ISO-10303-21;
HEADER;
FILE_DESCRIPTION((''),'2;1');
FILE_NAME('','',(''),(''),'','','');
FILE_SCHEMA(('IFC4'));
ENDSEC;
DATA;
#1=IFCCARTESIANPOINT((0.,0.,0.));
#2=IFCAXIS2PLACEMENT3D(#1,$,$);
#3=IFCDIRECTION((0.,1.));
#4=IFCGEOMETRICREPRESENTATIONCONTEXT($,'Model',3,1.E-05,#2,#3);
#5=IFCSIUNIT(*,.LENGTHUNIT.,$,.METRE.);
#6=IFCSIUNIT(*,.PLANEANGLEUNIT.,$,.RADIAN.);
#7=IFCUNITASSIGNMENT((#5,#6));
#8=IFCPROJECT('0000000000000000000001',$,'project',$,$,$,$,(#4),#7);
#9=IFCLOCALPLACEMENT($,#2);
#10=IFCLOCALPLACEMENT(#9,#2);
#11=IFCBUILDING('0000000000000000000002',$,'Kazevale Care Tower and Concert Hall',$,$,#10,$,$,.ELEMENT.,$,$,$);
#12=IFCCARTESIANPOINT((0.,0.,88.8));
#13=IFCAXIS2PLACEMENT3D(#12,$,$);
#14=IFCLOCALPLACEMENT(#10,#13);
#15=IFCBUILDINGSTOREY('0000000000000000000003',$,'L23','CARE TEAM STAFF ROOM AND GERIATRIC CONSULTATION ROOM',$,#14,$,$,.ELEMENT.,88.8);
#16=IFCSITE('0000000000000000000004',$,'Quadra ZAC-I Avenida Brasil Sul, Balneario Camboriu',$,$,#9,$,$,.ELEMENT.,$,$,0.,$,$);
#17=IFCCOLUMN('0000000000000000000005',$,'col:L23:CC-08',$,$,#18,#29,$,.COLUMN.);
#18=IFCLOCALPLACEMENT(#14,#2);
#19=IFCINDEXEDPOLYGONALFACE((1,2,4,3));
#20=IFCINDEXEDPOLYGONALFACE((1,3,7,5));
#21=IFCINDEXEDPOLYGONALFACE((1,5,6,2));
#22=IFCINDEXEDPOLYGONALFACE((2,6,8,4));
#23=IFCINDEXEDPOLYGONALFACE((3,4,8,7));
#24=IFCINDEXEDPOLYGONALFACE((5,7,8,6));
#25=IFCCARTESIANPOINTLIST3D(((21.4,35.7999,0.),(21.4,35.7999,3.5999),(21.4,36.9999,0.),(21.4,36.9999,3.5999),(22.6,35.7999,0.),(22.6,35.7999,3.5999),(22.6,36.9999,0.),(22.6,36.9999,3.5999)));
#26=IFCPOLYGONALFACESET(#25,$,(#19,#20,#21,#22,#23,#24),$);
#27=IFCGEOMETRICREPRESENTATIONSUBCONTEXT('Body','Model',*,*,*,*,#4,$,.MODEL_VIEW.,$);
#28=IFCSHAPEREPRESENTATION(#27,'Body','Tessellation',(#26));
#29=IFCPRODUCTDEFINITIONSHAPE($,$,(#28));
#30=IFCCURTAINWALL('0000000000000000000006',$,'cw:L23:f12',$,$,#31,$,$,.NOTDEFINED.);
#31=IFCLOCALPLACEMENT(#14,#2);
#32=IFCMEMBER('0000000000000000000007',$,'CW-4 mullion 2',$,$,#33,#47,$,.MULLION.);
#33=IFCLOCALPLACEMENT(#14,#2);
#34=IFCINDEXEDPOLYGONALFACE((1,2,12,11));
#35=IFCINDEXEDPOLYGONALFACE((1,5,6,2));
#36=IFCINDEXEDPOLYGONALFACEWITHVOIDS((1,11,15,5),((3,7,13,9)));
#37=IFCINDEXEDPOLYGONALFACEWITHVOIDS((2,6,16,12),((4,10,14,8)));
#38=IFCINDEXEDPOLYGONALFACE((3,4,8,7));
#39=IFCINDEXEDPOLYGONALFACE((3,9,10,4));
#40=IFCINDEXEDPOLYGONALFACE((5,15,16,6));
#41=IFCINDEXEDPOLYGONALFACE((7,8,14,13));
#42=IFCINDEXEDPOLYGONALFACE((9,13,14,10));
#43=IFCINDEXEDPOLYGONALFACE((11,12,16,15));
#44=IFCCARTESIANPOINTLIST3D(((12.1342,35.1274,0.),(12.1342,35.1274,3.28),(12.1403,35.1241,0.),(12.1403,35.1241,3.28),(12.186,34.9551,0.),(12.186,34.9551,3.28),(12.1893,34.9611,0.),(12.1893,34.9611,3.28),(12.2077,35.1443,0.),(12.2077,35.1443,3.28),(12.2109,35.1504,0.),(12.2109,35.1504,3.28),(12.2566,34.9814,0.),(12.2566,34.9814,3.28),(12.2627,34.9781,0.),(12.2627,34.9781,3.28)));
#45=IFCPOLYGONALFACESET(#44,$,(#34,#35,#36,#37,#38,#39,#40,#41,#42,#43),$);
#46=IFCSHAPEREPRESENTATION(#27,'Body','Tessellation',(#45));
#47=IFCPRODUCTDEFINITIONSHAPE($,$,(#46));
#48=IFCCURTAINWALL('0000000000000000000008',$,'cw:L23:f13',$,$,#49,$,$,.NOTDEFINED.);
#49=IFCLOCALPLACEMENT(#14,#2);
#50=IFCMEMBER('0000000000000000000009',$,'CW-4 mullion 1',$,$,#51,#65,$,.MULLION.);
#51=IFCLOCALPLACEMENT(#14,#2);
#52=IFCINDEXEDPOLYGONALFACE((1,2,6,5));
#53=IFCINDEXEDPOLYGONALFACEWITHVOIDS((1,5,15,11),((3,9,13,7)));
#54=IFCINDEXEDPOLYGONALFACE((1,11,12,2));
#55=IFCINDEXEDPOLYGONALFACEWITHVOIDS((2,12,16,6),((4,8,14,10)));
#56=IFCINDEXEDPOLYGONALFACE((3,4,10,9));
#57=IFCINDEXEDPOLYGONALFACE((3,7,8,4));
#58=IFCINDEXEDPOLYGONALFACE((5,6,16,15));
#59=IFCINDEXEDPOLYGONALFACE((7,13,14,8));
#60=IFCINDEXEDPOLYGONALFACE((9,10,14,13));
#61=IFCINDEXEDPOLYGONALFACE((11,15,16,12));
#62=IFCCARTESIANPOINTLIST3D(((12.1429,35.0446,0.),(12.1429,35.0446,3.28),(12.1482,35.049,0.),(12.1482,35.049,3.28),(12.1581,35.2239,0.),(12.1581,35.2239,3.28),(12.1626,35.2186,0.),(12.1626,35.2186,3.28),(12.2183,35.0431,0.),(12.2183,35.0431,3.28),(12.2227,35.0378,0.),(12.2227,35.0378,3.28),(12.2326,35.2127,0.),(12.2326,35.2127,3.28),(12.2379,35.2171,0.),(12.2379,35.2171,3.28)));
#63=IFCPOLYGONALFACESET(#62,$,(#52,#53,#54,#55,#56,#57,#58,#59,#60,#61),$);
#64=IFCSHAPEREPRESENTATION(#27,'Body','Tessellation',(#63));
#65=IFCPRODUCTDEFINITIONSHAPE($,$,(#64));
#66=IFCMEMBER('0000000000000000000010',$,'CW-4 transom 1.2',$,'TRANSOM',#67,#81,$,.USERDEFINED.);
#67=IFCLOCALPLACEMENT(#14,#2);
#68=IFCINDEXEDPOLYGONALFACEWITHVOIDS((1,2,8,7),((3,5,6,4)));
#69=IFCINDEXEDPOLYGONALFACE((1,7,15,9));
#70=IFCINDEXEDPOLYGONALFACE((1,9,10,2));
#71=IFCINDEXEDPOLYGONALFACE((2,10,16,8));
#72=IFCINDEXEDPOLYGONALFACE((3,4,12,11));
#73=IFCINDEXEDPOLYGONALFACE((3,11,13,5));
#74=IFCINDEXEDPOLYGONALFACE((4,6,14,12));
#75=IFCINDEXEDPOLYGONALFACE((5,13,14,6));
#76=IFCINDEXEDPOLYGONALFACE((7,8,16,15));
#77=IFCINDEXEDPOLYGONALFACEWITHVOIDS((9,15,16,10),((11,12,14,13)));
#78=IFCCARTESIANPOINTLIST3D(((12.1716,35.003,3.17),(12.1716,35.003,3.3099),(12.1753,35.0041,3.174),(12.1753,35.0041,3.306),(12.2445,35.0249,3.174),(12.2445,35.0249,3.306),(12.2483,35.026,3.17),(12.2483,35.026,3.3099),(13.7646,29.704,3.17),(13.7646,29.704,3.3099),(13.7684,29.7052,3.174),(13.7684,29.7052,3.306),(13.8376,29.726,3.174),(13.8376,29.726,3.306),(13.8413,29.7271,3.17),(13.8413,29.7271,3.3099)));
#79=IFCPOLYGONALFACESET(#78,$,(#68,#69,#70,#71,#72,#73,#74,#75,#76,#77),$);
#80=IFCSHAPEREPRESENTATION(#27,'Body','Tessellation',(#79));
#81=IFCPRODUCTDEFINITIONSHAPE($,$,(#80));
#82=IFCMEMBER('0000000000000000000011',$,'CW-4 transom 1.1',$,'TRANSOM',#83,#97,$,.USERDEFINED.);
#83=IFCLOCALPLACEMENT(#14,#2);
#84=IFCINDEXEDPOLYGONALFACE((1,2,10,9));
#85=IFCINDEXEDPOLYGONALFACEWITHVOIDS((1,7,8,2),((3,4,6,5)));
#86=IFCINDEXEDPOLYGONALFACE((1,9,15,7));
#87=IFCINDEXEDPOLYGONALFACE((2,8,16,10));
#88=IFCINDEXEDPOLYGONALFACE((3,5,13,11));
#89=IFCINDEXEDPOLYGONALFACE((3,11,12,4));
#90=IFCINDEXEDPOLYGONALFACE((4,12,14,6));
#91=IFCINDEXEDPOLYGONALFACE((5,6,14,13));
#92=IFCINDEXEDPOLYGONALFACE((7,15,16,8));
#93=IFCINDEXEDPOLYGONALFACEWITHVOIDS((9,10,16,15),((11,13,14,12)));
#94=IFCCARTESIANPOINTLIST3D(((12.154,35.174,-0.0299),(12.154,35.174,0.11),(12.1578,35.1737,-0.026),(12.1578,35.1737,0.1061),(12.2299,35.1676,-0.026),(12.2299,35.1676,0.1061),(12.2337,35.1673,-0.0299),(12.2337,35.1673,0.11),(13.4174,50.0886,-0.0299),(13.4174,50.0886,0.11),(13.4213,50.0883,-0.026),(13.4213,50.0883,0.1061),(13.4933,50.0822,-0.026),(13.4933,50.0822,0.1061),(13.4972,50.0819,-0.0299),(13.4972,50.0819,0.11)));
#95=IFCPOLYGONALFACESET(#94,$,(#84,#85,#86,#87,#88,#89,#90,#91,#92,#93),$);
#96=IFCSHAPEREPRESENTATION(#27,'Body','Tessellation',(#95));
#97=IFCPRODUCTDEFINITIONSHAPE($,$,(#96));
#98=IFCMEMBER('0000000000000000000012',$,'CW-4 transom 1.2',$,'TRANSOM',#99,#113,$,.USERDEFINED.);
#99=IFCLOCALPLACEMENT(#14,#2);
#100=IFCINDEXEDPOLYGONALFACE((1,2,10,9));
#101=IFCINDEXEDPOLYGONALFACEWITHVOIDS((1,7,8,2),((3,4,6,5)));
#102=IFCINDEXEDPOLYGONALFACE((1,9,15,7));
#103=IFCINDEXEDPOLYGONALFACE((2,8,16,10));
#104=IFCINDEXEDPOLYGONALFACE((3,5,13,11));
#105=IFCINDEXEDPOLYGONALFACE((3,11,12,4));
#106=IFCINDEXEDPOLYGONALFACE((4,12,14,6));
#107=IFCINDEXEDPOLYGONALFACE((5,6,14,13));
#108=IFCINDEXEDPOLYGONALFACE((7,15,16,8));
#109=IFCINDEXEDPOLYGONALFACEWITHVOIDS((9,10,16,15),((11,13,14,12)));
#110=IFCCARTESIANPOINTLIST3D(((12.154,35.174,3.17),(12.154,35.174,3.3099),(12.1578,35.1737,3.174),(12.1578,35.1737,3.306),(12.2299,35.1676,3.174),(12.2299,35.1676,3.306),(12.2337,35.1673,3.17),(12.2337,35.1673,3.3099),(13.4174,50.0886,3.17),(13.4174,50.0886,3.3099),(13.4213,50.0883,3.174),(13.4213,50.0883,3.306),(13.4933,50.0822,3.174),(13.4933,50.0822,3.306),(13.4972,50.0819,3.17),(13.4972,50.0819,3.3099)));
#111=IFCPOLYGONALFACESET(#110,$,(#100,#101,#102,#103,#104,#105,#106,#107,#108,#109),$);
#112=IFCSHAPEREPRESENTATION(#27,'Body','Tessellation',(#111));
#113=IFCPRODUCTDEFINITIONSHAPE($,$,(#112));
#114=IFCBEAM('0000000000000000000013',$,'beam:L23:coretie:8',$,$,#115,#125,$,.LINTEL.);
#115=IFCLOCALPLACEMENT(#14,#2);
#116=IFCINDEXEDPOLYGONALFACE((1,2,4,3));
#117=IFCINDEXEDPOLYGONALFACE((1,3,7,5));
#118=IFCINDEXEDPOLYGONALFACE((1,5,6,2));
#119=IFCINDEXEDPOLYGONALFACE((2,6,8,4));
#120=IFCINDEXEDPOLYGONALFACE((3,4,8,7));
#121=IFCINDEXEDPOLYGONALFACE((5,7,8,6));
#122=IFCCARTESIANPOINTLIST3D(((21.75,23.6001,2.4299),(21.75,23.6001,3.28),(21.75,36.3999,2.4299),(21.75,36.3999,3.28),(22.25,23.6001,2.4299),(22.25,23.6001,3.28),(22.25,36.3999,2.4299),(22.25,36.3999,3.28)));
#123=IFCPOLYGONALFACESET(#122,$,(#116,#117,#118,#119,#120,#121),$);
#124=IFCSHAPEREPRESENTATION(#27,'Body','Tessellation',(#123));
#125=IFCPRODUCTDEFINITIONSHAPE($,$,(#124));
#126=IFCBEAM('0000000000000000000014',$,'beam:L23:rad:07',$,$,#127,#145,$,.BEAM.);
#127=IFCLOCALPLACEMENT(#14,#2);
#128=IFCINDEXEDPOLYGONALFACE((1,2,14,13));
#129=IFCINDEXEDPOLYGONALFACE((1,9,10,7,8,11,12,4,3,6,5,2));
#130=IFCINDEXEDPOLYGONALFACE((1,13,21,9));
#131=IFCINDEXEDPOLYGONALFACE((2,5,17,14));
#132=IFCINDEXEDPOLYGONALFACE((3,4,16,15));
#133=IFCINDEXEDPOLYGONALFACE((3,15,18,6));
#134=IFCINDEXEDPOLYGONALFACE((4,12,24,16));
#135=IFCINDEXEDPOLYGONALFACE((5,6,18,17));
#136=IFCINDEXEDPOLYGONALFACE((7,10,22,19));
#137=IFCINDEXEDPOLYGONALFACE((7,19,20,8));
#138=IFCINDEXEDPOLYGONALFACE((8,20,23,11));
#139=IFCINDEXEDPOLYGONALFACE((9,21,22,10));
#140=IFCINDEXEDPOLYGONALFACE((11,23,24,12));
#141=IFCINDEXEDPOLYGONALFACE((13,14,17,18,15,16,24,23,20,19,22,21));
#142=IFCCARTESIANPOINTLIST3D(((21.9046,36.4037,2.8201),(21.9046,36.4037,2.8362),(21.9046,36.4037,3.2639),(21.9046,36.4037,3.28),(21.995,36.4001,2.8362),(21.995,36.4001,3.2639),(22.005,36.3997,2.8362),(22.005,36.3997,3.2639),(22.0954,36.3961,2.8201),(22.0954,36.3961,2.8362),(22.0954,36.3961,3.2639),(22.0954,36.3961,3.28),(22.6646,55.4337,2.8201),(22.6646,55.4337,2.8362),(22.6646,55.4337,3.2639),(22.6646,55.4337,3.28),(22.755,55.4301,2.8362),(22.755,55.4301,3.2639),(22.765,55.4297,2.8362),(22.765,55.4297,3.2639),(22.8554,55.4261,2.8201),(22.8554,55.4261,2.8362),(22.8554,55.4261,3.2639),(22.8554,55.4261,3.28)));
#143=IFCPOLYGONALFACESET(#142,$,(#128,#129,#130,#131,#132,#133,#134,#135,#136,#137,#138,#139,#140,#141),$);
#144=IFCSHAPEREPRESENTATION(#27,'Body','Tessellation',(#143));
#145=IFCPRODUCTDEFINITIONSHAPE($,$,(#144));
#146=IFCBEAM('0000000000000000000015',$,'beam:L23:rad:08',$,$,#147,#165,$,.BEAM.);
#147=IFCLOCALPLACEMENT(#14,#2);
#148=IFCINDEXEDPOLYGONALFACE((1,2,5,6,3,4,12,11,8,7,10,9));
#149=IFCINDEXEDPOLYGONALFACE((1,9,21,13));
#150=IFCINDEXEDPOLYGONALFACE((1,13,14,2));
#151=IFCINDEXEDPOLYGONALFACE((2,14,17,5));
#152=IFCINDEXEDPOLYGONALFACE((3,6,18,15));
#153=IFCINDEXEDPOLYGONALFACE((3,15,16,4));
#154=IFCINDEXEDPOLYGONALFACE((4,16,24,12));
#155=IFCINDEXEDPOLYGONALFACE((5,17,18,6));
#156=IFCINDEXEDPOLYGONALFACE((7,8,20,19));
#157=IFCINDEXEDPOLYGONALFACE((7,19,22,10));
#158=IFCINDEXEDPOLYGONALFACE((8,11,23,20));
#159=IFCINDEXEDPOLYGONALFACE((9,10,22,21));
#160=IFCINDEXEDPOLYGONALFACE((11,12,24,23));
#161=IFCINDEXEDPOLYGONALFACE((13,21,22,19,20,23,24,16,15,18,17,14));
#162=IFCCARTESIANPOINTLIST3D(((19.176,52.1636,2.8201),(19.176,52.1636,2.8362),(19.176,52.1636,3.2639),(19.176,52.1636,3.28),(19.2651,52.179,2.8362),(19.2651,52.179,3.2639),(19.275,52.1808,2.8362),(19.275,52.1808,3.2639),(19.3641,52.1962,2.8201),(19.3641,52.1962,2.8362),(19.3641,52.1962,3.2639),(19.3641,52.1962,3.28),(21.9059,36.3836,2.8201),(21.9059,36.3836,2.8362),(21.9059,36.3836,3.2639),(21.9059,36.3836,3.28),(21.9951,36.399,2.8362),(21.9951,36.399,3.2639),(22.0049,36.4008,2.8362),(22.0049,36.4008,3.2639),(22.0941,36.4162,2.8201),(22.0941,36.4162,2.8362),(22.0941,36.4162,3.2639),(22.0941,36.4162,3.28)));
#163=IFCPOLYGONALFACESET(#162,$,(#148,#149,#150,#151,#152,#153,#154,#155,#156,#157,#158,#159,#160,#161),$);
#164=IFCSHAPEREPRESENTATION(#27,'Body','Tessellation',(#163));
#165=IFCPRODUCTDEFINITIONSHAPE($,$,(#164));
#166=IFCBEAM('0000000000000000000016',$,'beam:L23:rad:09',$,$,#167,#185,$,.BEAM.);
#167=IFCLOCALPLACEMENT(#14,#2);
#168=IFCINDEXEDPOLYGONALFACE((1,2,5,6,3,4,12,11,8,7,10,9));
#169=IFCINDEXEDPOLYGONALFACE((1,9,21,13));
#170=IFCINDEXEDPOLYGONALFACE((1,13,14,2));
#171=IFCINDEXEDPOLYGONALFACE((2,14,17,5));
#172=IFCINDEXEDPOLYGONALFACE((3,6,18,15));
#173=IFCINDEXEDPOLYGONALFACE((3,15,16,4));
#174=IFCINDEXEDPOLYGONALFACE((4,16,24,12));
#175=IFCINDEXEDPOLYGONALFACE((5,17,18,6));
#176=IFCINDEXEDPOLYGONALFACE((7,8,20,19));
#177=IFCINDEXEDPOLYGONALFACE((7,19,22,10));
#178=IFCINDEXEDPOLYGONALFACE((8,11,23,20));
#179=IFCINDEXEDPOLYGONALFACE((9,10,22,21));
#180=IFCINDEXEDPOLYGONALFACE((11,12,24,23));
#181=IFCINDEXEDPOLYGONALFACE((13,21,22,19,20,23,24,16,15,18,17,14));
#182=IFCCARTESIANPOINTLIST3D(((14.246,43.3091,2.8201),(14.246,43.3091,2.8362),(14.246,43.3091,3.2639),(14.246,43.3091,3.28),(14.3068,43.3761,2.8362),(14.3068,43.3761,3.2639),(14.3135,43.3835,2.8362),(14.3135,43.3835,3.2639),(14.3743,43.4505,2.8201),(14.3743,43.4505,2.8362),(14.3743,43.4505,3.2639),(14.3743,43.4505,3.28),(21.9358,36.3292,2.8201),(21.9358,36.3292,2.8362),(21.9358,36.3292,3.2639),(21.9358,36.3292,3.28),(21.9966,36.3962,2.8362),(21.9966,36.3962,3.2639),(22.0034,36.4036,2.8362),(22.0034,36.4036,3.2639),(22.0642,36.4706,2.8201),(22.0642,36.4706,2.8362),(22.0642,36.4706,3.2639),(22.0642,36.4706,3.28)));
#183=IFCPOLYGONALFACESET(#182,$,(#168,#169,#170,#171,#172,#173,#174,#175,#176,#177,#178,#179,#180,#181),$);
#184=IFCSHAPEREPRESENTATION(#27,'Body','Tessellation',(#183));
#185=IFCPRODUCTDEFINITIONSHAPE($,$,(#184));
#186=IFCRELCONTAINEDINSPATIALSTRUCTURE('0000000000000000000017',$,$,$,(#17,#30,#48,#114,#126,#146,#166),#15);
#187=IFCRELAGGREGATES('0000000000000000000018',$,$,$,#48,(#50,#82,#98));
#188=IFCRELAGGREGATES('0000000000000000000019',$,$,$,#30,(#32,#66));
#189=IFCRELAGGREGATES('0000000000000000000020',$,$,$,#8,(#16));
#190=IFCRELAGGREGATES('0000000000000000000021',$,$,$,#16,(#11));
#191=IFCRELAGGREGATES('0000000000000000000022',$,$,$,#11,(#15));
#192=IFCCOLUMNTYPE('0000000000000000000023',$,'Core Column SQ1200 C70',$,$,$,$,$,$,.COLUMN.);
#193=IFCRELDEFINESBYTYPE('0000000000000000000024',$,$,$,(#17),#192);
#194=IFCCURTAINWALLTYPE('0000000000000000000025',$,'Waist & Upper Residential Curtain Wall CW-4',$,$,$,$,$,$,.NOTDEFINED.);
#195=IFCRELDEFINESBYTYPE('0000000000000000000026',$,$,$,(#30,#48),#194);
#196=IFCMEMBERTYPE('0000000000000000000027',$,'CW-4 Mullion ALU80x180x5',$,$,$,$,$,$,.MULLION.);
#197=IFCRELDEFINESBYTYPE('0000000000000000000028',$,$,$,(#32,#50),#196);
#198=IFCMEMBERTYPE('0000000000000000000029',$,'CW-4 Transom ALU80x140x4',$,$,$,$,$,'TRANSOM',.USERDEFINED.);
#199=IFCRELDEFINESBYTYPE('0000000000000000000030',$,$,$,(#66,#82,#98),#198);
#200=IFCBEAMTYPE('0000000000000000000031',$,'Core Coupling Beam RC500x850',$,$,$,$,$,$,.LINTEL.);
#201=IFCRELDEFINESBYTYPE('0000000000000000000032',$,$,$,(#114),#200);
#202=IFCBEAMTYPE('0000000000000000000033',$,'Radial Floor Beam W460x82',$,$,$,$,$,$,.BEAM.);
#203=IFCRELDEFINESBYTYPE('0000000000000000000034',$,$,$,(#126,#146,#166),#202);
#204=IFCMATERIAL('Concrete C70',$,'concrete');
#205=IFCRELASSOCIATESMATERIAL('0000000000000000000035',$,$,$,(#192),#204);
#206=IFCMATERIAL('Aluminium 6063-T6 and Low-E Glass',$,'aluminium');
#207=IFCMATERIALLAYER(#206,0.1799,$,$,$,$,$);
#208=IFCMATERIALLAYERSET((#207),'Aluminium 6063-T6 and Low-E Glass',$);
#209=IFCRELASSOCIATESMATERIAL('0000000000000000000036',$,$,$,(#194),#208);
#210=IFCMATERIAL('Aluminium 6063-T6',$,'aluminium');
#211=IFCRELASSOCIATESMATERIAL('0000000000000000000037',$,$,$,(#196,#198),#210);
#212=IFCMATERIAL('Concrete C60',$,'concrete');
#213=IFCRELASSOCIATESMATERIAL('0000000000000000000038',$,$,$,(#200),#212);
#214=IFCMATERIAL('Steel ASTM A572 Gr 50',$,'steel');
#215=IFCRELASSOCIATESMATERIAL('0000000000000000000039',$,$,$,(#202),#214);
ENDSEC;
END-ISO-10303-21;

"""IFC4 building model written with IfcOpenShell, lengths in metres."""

from ifc_helpers import new_model, si_unit, direction, frame, origin, origin_2d, place, context, subcontext, project, spatial, rectangle, hollow_rectangle, i_section, extrude, material, layer, layer_set, material_profile, profile_set, type_object, element, aggregate, save


model = new_model("IFC4")

# Units and contexts
model_context = context("Model", 3, precision=1e-05, world=origin(), true_north=direction((0.0, 1.0)))
body_context = subcontext(model_context, "Body", "Model", "MODEL_VIEW")
ifc_project = project(units=[si_unit("LENGTHUNIT", "METRE"), si_unit("PLANEANGLEUNIT", "RADIAN")], contexts=[model_context])

# Site, building, storey
site_placement = place(None, origin())
site = spatial("IfcSite", under=ifc_project, at=site_placement, Name="Quadra ZAC-I Avenida Brasil Sul, Balneario Camboriu", CompositionType="ELEMENT", RefElevation=0.0)
building_placement = place(site_placement, origin())
building = spatial("IfcBuilding", under=site, at=building_placement, Name="Kazevale Care Tower and Concert Hall", CompositionType="ELEMENT")
storey_placement = place(building_placement, frame((0.0, 0.0, 88.8)))
storey = spatial("IfcBuildingStorey", under=building, at=storey_placement, Name="L23", Description="CARE TEAM STAFF ROOM AND GERIATRIC CONSULTATION ROOM", CompositionType="ELEMENT", Elevation=88.8)

# Column
ifc_material_1 = material(Name="Concrete C70", Category="concrete")
ifc_material_profile_1 = material_profile(ifc_material_1, rectangle(XDim=1.2, YDim=1.2, at=origin_2d()), Name="RC-SQ1200")
ifc_profile_set_1 = profile_set([ifc_material_profile_1], Name="Concrete C70")
column_type = type_object("IfcColumnType", Name="Core Column SQ1200 C70", PredefinedType="COLUMN", material=ifc_profile_set_1)
column_placement = place(storey_placement, frame((22.0, 36.3999, 0.0), z_axis=(0.0, 0.0, 1.0), x_axis=(1.0, 0.0, 0.0)))
element("IfcColumn", 1, at=column_placement, inside=storey, type_object=column_type, Name="col:L23:CC-08", PredefinedType="COLUMN", context=body_context, shape_type="SweptSolid", body=[
    extrude(rectangle(XDim=1.2, YDim=1.2, at=origin_2d()), origin(), (0.0, 0.0, 1.0), 3.5999),
])

# Curtain walls, members
ifc_material_2 = material(Name="Aluminium 6063-T6 and Low-E Glass", Category="aluminium")
ifc_layer_1 = layer(ifc_material_2, 0.1799)
ifc_layer_set_1 = layer_set([ifc_layer_1], Name="Aluminium 6063-T6 and Low-E Glass")
curtain_wall_type = type_object("IfcCurtainWallType", Name="Waist & Upper Residential Curtain Wall CW-4", PredefinedType="NOTDEFINED", material=ifc_layer_set_1)
curtain_wall_1_placement = place(storey_placement, origin())
curtain_wall_1 = element("IfcCurtainWall", 2, at=curtain_wall_1_placement, inside=storey, type_object=curtain_wall_type, Name="cw:L23:f12", PredefinedType="NOTDEFINED")
ifc_material_3 = material(Name="Aluminium 6063-T6", Category="aluminium")
ifc_material_profile_2 = material_profile(ifc_material_3, hollow_rectangle(XDim=0.0801, YDim=0.1799, WallThickness=0.0049, at=origin_2d()), Name="ALU80x180x5")
ifc_profile_set_2 = profile_set([ifc_material_profile_2], Name="Aluminium 6063-T6")
member_type_1 = type_object("IfcMemberType", Name="CW-4 Mullion ALU80x180x5", PredefinedType="MULLION", material=ifc_profile_set_2)
member_1_placement = place(storey_placement, frame((12.1985, 35.0527, 0.0), z_axis=(0.0, 0.0, 1.0), x_axis=(-0.957662, -0.287896, 0.0)))
member_1 = element("IfcMember", 3, at=member_1_placement, type_object=member_type_1, Name="CW-4 mullion 2", PredefinedType="MULLION", context=body_context, shape_type="SweptSolid", body=[
    extrude(hollow_rectangle(XDim=0.0801, YDim=0.1799, WallThickness=0.0049, at=origin_2d()), origin(), (0.0, 0.0, 1.0), 3.28),
])
curtain_wall_2_placement = place(storey_placement, origin())
curtain_wall_2 = element("IfcCurtainWall", 4, at=curtain_wall_2_placement, inside=storey, type_object=curtain_wall_type, Name="cw:L23:f13", PredefinedType="NOTDEFINED")
member_2_placement = place(storey_placement, frame((12.1904, 35.1309, 0.0), z_axis=(0.0, 0.0, 1.0), x_axis=(-0.996431, 0.084413, 0.0)))
member_2 = element("IfcMember", 5, at=member_2_placement, type_object=member_type_1, Name="CW-4 mullion 1", PredefinedType="MULLION", context=body_context, shape_type="SweptSolid", body=[
    extrude(hollow_rectangle(XDim=0.0801, YDim=0.1799, WallThickness=0.0049, at=origin_2d()), origin(), (0.0, 0.0, 1.0), 3.28),
])

# Members
ifc_material_profile_3 = material_profile(ifc_material_3, hollow_rectangle(XDim=0.0801, YDim=0.1399, WallThickness=0.0039, at=origin_2d()), Name="ALU80x140x4")
ifc_profile_set_3 = profile_set([ifc_material_profile_3], Name="Aluminium 6063-T6")
member_type_2 = type_object("IfcMemberType", Name="CW-4 Transom ALU80x140x4", ElementType="TRANSOM", PredefinedType="USERDEFINED", material=ifc_profile_set_3)
member_3_placement = place(storey_placement, frame((13.803, 29.7156, 3.24), z_axis=(-0.287906, 0.957659, 0.0), x_axis=(-0.957659, -0.287906, 0.0)))
member_3 = element("IfcMember", 6, at=member_3_placement, type_object=member_type_2, Name="CW-4 transom 1.2", ObjectType="TRANSOM", PredefinedType="USERDEFINED", context=body_context, shape_type="SweptSolid", body=[
    extrude(hollow_rectangle(XDim=0.0801, YDim=0.1399, WallThickness=0.0039, at=origin_2d()), origin(), (0.0, 0.0, 1.0), 5.5332),
])
member_4_placement = place(storey_placement, frame((12.1938, 35.1707, 0.04), z_axis=(0.084409, 0.996431, 0.0), x_axis=(-0.996431, 0.084409, 0.0)))
member_4 = element("IfcMember", 7, at=member_4_placement, type_object=member_type_2, Name="CW-4 transom 1.1", ObjectType="TRANSOM", PredefinedType="USERDEFINED", context=body_context, shape_type="SweptSolid", body=[
    extrude(hollow_rectangle(XDim=0.0801, YDim=0.1399, WallThickness=0.0039, at=origin_2d()), origin(), (0.0, 0.0, 1.0), 14.968),
])
member_5_placement = place(storey_placement, frame((12.1938, 35.1707, 3.24), z_axis=(0.084409, 0.996431, 0.0), x_axis=(-0.996431, 0.084409, 0.0)))
member_5 = element("IfcMember", 8, at=member_5_placement, type_object=member_type_2, Name="CW-4 transom 1.2", ObjectType="TRANSOM", PredefinedType="USERDEFINED", context=body_context, shape_type="SweptSolid", body=[
    extrude(hollow_rectangle(XDim=0.0801, YDim=0.1399, WallThickness=0.0039, at=origin_2d()), origin(), (0.0, 0.0, 1.0), 14.968),
])
aggregate(curtain_wall_2, [member_2, member_4, member_5])

# Beams
ifc_material_4 = material(Name="Concrete C60", Category="concrete")
ifc_material_profile_4 = material_profile(ifc_material_4, rectangle(XDim=0.5, YDim=0.8501, at=origin_2d()), Name="RC-B500x850")
ifc_profile_set_4 = profile_set([ifc_material_profile_4], Name="Concrete C60")
beam_type_1 = type_object("IfcBeamType", Name="Core Coupling Beam RC500x850", PredefinedType="LINTEL", material=ifc_profile_set_4)
beam_1_placement = place(storey_placement, frame((22.0, 36.3999, 2.855), z_axis=(0.0, -1.0, 0.0), x_axis=(1.0, 0.0, 0.0)))
element("IfcBeam", 9, at=beam_1_placement, inside=storey, type_object=beam_type_1, Name="beam:L23:coretie:8", PredefinedType="LINTEL", context=body_context, shape_type="SweptSolid", body=[
    extrude(rectangle(XDim=0.5, YDim=0.8501, at=origin_2d()), origin(), (0.0, 0.0, 1.0), 12.7998),
])
ifc_material_5 = material(Name="Steel ASTM A572 Gr 50", Category="steel")
ifc_material_profile_5 = material_profile(ifc_material_5, i_section(OverallWidth=0.1909, OverallDepth=0.46, WebThickness=0.01, FlangeThickness=0.0161, at=origin_2d()), Name="W460x82")
ifc_profile_set_5 = profile_set([ifc_material_profile_5], Name="Steel ASTM A572 Gr 50")
beam_type_2 = type_object("IfcBeamType", Name="Radial Floor Beam W460x82", PredefinedType="BEAM", material=ifc_profile_set_5)
beam_2_placement = place(storey_placement, frame((22.0, 36.3999, 3.05), z_axis=(0.039906, 0.999203, 0.0), x_axis=(-0.999203, 0.039906, 0.0)))
element("IfcBeam", 10, at=beam_2_placement, inside=storey, type_object=beam_type_2, Name="beam:L23:rad:07", PredefinedType="BEAM", context=body_context, shape_type="SweptSolid", body=[
    extrude(i_section(OverallWidth=0.1909, OverallDepth=0.46, WebThickness=0.01, FlangeThickness=0.0161, at=origin_2d()), origin(), (0.0, 0.0, 1.0), 19.0452),
])
beam_3_placement = place(storey_placement, frame((22.0, 36.3999, 3.05), z_axis=(-0.17047, 0.985363, 0.0), x_axis=(-0.985363, -0.17047, 0.0)))
element("IfcBeam", 11, at=beam_3_placement, inside=storey, type_object=beam_type_2, Name="beam:L23:rad:08", PredefinedType="BEAM", context=body_context, shape_type="SweptSolid", body=[
    extrude(i_section(OverallWidth=0.1909, OverallDepth=0.46, WebThickness=0.01, FlangeThickness=0.0161, at=origin_2d()), origin(), (0.0, 0.0, 1.0), 16.0144),
])
beam_4_placement = place(storey_placement, frame((22.0, 36.3999, 3.05), z_axis=(-0.740461, 0.672099, 0.0), x_axis=(-0.672099, -0.740461, 0.0)))
element("IfcBeam", 12, at=beam_4_placement, inside=storey, type_object=beam_type_2, Name="beam:L23:rad:09", PredefinedType="BEAM", context=body_context, shape_type="SweptSolid", body=[
    extrude(i_section(OverallWidth=0.1909, OverallDepth=0.46, WebThickness=0.01, FlangeThickness=0.0161, at=origin_2d()), origin(), (0.0, 0.0, 1.0), 10.3853),
])

aggregate(curtain_wall_1, [member_1, member_3])

save(model, "model.ifc")
